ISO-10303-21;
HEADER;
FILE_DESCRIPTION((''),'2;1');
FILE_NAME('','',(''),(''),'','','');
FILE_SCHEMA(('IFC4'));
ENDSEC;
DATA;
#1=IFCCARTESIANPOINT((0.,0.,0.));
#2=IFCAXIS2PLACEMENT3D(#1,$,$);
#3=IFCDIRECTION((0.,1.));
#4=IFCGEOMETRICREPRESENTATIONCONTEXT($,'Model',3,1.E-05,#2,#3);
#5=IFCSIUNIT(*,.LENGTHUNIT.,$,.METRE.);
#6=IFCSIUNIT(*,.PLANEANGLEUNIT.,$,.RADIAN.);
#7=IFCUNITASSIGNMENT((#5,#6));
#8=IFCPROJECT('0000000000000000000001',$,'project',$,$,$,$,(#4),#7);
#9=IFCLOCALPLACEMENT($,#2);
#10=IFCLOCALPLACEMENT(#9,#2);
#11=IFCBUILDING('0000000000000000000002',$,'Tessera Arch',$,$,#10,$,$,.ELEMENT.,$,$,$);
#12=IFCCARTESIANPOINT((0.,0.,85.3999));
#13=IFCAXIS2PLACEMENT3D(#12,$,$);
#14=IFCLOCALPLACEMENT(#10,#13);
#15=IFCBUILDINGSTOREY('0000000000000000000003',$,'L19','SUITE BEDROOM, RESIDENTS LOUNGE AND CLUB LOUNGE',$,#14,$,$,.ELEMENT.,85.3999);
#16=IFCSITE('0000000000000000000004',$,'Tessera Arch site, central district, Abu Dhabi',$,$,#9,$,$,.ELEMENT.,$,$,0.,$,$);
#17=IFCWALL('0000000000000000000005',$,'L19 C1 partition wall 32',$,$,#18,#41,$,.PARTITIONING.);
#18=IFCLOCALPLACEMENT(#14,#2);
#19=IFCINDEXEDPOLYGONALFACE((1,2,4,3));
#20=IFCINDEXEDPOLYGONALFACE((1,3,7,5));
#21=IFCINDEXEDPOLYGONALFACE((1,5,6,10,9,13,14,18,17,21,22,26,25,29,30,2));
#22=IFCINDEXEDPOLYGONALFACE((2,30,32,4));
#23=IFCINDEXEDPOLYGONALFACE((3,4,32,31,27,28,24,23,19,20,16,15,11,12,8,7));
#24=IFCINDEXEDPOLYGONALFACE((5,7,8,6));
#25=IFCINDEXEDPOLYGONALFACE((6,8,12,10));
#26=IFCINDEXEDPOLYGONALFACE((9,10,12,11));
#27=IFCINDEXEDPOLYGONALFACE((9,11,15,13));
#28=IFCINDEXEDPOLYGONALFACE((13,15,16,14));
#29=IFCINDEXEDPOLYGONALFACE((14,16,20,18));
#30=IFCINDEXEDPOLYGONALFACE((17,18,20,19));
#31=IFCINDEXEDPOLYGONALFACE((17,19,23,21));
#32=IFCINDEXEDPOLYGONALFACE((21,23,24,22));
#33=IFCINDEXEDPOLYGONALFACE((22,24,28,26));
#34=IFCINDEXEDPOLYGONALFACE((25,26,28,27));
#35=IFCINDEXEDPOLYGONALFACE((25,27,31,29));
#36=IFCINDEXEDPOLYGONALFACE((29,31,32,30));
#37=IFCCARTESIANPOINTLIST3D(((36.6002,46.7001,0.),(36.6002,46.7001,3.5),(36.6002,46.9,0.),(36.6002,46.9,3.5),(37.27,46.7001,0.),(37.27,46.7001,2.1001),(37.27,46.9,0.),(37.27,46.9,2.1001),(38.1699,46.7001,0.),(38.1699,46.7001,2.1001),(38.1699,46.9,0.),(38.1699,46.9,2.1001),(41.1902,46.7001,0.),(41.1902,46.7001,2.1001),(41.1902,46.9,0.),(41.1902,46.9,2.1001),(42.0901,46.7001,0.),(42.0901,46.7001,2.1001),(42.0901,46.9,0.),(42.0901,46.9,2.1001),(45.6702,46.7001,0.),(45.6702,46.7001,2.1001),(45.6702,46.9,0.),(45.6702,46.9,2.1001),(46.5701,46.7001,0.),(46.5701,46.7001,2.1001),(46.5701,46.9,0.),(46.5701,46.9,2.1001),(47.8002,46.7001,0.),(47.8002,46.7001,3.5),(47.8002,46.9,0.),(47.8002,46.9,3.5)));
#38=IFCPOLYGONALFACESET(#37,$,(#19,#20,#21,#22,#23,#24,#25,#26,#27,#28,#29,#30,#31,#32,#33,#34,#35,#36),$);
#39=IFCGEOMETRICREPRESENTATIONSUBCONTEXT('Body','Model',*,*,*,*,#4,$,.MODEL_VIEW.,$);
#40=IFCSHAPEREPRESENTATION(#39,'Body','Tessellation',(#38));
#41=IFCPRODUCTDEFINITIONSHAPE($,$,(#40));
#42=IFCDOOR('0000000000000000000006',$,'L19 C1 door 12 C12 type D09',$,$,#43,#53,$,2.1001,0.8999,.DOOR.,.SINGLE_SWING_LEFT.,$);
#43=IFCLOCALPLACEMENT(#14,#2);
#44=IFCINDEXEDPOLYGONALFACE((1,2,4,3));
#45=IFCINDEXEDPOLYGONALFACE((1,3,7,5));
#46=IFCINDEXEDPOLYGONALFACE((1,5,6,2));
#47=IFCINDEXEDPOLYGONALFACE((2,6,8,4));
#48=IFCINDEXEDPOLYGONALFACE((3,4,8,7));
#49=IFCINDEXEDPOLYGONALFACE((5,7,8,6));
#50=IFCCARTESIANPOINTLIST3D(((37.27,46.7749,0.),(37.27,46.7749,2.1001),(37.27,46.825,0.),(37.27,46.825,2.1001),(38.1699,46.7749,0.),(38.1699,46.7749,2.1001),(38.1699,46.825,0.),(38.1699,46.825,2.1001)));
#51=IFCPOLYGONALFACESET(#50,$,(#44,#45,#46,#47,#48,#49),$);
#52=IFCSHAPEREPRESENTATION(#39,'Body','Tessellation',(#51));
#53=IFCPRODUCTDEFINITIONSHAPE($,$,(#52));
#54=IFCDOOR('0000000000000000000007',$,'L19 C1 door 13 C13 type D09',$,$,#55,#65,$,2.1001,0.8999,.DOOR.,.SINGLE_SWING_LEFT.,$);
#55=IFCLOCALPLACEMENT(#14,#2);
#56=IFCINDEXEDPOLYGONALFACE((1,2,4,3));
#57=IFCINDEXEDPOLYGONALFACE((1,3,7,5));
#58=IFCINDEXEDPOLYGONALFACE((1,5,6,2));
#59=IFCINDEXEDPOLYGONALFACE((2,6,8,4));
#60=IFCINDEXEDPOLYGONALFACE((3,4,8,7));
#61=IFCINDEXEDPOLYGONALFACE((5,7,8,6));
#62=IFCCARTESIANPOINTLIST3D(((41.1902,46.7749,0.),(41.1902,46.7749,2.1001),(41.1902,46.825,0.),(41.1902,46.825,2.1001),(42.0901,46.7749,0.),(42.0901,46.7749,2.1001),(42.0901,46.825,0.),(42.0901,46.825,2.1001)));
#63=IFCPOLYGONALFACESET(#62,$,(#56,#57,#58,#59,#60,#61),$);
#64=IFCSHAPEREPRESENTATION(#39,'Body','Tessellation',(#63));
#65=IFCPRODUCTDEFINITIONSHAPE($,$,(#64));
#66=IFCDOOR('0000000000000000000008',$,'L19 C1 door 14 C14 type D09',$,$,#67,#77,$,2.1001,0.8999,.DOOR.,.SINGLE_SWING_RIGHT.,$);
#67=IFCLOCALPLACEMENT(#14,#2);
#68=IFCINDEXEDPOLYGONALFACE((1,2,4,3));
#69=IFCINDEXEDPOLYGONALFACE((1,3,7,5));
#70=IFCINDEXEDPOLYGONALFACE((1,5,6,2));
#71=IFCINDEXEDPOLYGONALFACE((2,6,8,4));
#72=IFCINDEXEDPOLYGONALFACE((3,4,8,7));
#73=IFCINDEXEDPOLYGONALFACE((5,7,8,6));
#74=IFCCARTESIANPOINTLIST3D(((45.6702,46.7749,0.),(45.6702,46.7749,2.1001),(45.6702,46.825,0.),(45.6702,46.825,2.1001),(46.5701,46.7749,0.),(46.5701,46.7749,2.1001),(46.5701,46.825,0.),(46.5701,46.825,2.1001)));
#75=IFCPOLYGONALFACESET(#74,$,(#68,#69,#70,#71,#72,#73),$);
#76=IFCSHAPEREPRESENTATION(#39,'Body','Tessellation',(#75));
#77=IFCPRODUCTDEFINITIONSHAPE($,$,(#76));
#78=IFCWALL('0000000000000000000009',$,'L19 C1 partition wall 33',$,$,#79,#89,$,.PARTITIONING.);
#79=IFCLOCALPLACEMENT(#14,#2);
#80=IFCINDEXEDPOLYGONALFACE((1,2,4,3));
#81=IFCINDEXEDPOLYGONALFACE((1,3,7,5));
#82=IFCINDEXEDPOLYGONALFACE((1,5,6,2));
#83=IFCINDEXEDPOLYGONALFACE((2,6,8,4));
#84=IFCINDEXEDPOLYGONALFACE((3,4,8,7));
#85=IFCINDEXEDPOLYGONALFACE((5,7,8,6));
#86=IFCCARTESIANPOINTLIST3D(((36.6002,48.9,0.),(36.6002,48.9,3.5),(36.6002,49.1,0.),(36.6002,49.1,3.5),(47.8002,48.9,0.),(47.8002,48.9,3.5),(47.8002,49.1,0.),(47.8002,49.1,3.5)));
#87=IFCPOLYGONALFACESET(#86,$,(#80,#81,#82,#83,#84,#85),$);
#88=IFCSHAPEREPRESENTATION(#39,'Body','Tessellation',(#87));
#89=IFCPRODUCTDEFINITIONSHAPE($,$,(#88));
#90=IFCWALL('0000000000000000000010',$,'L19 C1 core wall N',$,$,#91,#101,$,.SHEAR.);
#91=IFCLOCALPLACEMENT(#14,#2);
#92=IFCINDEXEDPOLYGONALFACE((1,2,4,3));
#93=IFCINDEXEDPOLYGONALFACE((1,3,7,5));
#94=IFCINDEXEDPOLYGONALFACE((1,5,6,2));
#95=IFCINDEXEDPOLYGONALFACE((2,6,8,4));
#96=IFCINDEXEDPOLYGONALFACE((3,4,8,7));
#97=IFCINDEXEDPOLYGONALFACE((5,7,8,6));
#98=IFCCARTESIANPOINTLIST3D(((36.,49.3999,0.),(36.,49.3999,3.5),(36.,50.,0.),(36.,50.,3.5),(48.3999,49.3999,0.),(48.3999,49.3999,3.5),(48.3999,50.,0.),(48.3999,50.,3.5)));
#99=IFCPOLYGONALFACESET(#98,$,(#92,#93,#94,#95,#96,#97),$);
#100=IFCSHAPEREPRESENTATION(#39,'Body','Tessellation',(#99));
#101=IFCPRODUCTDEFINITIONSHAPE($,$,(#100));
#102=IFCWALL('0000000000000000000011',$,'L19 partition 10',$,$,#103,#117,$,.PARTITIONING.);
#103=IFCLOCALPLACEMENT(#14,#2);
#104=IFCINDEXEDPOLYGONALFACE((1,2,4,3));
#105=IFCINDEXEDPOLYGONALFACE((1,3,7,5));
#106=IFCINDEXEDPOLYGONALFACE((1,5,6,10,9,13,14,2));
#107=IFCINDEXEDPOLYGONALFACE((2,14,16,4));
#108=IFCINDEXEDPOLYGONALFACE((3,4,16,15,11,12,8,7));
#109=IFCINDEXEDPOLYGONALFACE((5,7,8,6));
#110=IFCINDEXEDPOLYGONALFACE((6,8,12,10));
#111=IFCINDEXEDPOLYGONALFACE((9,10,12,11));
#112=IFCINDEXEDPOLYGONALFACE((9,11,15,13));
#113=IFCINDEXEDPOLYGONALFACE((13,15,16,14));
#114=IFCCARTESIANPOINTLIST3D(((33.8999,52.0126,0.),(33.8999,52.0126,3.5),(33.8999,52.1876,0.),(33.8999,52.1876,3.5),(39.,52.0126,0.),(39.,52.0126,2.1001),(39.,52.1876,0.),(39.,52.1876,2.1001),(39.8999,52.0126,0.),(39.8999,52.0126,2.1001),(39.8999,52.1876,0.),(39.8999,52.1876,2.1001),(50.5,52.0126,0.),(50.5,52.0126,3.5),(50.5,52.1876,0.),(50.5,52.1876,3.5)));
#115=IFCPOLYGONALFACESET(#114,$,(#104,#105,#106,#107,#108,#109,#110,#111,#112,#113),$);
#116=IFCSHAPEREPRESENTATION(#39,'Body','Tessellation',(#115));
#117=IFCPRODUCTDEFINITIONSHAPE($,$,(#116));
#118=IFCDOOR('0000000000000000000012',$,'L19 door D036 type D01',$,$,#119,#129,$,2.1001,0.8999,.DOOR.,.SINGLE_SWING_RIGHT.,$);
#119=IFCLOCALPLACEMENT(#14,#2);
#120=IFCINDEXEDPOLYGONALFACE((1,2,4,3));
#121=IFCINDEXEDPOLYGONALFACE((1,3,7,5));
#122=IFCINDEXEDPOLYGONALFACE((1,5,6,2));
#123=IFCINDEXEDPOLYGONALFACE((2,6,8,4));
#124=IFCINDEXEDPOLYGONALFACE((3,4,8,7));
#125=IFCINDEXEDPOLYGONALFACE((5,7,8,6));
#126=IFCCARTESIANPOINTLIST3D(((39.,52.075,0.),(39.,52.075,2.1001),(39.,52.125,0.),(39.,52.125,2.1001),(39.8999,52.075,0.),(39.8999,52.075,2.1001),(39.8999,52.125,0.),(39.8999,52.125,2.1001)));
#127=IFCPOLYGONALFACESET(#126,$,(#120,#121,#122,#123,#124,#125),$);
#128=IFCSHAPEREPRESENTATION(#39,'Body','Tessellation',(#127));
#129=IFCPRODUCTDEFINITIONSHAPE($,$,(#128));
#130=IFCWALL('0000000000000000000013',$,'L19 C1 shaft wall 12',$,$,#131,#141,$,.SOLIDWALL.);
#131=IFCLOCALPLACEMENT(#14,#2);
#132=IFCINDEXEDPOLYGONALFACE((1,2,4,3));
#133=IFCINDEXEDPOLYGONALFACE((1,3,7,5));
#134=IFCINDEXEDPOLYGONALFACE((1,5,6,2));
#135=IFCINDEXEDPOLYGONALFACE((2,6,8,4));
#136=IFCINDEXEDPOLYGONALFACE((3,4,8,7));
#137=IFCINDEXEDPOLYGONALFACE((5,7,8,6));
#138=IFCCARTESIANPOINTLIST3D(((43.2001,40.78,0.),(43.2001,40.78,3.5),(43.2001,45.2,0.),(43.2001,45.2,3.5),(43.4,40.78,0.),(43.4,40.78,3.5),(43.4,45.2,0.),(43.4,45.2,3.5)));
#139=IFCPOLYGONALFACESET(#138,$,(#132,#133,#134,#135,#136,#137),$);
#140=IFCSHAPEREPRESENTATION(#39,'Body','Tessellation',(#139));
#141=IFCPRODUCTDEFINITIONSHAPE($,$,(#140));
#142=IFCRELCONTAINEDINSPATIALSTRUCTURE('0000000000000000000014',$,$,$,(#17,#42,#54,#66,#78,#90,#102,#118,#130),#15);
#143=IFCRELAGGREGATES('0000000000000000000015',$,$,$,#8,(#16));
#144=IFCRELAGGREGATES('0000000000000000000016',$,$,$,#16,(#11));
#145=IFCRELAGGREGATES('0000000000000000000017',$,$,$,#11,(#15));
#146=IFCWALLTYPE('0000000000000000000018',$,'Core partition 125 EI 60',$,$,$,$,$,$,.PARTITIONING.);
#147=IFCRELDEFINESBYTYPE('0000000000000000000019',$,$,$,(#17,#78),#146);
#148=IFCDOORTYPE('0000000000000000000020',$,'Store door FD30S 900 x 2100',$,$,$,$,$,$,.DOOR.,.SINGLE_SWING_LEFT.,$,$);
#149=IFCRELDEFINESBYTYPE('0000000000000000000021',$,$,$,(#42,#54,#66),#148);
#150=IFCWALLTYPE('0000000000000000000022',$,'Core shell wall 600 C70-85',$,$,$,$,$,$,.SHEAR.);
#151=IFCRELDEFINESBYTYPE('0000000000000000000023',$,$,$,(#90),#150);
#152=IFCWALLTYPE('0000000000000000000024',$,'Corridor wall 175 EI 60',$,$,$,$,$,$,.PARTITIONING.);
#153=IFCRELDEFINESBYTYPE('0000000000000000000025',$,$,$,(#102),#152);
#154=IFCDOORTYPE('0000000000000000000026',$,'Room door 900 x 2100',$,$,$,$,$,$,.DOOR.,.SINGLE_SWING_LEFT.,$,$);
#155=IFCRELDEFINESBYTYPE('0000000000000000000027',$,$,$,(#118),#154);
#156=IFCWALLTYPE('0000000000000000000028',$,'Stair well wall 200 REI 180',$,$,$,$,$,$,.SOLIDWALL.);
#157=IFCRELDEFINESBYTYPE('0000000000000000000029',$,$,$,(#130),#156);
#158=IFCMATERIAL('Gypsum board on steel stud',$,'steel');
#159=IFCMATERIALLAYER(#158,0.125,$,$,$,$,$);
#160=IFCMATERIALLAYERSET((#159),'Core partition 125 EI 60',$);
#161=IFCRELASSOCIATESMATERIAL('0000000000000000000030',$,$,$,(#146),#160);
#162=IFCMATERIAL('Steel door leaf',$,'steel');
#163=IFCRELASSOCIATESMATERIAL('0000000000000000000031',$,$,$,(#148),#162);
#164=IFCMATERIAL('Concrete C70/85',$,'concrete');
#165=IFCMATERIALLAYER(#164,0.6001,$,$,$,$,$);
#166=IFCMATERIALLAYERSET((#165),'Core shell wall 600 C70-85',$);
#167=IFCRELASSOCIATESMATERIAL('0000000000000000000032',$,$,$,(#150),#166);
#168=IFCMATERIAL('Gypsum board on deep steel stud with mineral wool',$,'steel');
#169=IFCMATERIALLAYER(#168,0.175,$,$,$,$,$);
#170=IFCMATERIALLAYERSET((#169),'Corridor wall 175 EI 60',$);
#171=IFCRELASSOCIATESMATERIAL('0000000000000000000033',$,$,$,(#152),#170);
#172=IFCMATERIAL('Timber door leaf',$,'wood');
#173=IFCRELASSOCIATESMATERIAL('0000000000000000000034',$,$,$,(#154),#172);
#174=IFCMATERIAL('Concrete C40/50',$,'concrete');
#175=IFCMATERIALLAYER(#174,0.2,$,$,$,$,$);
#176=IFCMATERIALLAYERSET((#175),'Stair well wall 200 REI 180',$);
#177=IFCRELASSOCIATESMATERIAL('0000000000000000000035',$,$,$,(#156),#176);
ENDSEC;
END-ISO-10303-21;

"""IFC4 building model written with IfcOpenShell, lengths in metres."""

from ifc_helpers import new_model, si_unit, direction, frame, frame_2d, origin, place, context, subcontext, project, spatial, rectangle, extrude, material, layer, layer_set, type_object, element, fill, save


model = new_model("IFC4")

# Units and contexts
model_context = context("Model", 3, precision=1e-05, world=origin(), true_north=direction((0.0, 1.0)))
body_context = subcontext(model_context, "Body", "Model", "MODEL_VIEW")
ifc_project = project(units=[si_unit("LENGTHUNIT", "METRE"), si_unit("PLANEANGLEUNIT", "RADIAN")], contexts=[model_context])

# Site, building, storey
site_placement = place(None, origin())
site = spatial("IfcSite", under=ifc_project, at=site_placement, Name="Tessera Arch site, central district, Abu Dhabi", CompositionType="ELEMENT", RefElevation=0.0)
building_placement = place(site_placement, origin())
building = spatial("IfcBuilding", under=site, at=building_placement, Name="Tessera Arch", CompositionType="ELEMENT")
storey_placement = place(building_placement, frame((0.0, 0.0, 85.3999)))
storey = spatial("IfcBuildingStorey", under=building, at=storey_placement, Name="L19", Description="SUITE BEDROOM, RESIDENTS LOUNGE AND CLUB LOUNGE", CompositionType="ELEMENT", Elevation=85.3999)

# Shared definitions
ifc_material_1 = material(Name="Gypsum board on steel stud", Category="steel")
ifc_layer_1 = layer(ifc_material_1, 0.125)
ifc_layer_set_1 = layer_set([ifc_layer_1], Name="Core partition 125 EI 60")
wall_type_1 = type_object("IfcWallType", Name="Core partition 125 EI 60", PredefinedType="PARTITIONING", material=ifc_layer_set_1)

# Wall, openings, doors
wall_1_placement = place(storey_placement, frame((36.6001, 46.8, 0.0), z_axis=(0.0, 0.0, 1.0), x_axis=(1.0, 0.0, 0.0)))
wall_1 = element("IfcWall", 1, at=wall_1_placement, inside=storey, type_object=wall_type_1, Name="L19 C1 partition wall 32", PredefinedType="PARTITIONING", context=body_context, shape_type="SweptSolid", body=[
    extrude(rectangle(XDim=11.2, YDim=0.2, at=frame_2d((5.6001, 0.0))), origin(), (0.0, 0.0, 1.0), 3.5),
])
opening_1_placement = place(wall_1_placement, frame((0.6699, 0.0, 0.0)))
opening_1 = element("IfcOpeningElement", 2, at=opening_1_placement, cuts=wall_1, PredefinedType="OPENING", context=body_context, shape_type="SweptSolid", body=[
    extrude(rectangle(XDim=0.8999, YDim=2.1001, at=frame_2d((0.45, 1.05))), frame((0.0, 0.1099, 0.0), z_axis=(0.0, -1.0, 0.0), x_axis=(1.0, 0.0, 0.0)), (0.0, 0.0, 1.0), 0.22),
])
opening_2_placement = place(wall_1_placement, frame((4.5901, 0.0, 0.0)))
opening_2 = element("IfcOpeningElement", 3, at=opening_2_placement, cuts=wall_1, PredefinedType="OPENING", context=body_context, shape_type="SweptSolid", body=[
    extrude(rectangle(XDim=0.8999, YDim=2.1001, at=frame_2d((0.45, 1.05))), frame((0.0, 0.1099, 0.0), z_axis=(0.0, -1.0, 0.0), x_axis=(1.0, 0.0, 0.0)), (0.0, 0.0, 1.0), 0.22),
])
opening_3_placement = place(wall_1_placement, frame((9.0701, 0.0, 0.0)))
opening_3 = element("IfcOpeningElement", 4, at=opening_3_placement, cuts=wall_1, PredefinedType="OPENING", context=body_context, shape_type="SweptSolid", body=[
    extrude(rectangle(XDim=0.8999, YDim=2.1001, at=frame_2d((0.45, 1.05))), frame((0.0, 0.1099, 0.0), z_axis=(0.0, -1.0, 0.0), x_axis=(1.0, 0.0, 0.0)), (0.0, 0.0, 1.0), 0.22),
])
ifc_material_2 = material(Name="Steel door leaf", Category="steel")
door_type_1 = type_object("IfcDoorType", Name="Store door FD30S 900 x 2100", OperationType="SINGLE_SWING_LEFT", PredefinedType="DOOR", material=ifc_material_2)
door_1_placement = place(opening_1_placement, origin())
door_1 = element("IfcDoor", 5, at=door_1_placement, inside=storey, type_object=door_type_1, Name="L19 C1 door 12 C12 type D09", OperationType="SINGLE_SWING_LEFT", OverallHeight=2.1001, OverallWidth=0.8999, PredefinedType="DOOR", context=body_context, shape_type="SweptSolid", body=[
    extrude(rectangle(XDim=0.8999, YDim=2.1001, at=frame_2d((0.45, 1.05))), frame((0.0, 0.0249, 0.0), z_axis=(0.0, -1.0, 0.0), x_axis=(1.0, 0.0, 0.0)), (0.0, 0.0, 1.0), 0.05),
])
fill(opening_1, door_1)
door_2_placement = place(opening_2_placement, origin())
door_2 = element("IfcDoor", 6, at=door_2_placement, inside=storey, type_object=door_type_1, Name="L19 C1 door 13 C13 type D09", OperationType="SINGLE_SWING_LEFT", OverallHeight=2.1001, OverallWidth=0.8999, PredefinedType="DOOR", context=body_context, shape_type="SweptSolid", body=[
    extrude(rectangle(XDim=0.8999, YDim=2.1001, at=frame_2d((0.45, 1.05))), frame((0.0, 0.0249, 0.0), z_axis=(0.0, -1.0, 0.0), x_axis=(1.0, 0.0, 0.0)), (0.0, 0.0, 1.0), 0.05),
])
fill(opening_2, door_2)
door_3_placement = place(opening_3_placement, origin())
door_3 = element("IfcDoor", 7, at=door_3_placement, inside=storey, type_object=door_type_1, Name="L19 C1 door 14 C14 type D09", OperationType="SINGLE_SWING_RIGHT", OverallHeight=2.1001, OverallWidth=0.8999, PredefinedType="DOOR", context=body_context, shape_type="SweptSolid", body=[
    extrude(rectangle(XDim=0.8999, YDim=2.1001, at=frame_2d((0.45, 1.05))), frame((0.0, 0.0249, 0.0), z_axis=(0.0, -1.0, 0.0), x_axis=(1.0, 0.0, 0.0)), (0.0, 0.0, 1.0), 0.05),
])
fill(opening_3, door_3)

# Walls
wall_2_placement = place(storey_placement, frame((36.6001, 49.0, 0.0), z_axis=(0.0, 0.0, 1.0), x_axis=(1.0, 0.0, 0.0)))
element("IfcWall", 8, at=wall_2_placement, inside=storey, type_object=wall_type_1, Name="L19 C1 partition wall 33", PredefinedType="PARTITIONING", context=body_context, shape_type="SweptSolid", body=[
    extrude(rectangle(XDim=11.2, YDim=0.2, at=frame_2d((5.6001, 0.0))), origin(), (0.0, 0.0, 1.0), 3.5),
])
ifc_material_3 = material(Name="Concrete C70/85", Category="concrete")
ifc_layer_2 = layer(ifc_material_3, 0.6001)
ifc_layer_set_2 = layer_set([ifc_layer_2], Name="Core shell wall 600 C70-85")
wall_type_2 = type_object("IfcWallType", Name="Core shell wall 600 C70-85", PredefinedType="SHEAR", material=ifc_layer_set_2)
wall_3_placement = place(storey_placement, frame((36.0, 49.7, 0.0), z_axis=(0.0, 0.0, 1.0), x_axis=(1.0, 0.0, 0.0)))
element("IfcWall", 9, at=wall_3_placement, inside=storey, type_object=wall_type_2, Name="L19 C1 core wall N", PredefinedType="SHEAR", context=body_context, shape_type="SweptSolid", body=[
    extrude(rectangle(XDim=12.3999, YDim=0.6001, at=frame_2d((6.2, 0.0))), origin(), (0.0, 0.0, 1.0), 3.5),
])

# Wall, opening, door
ifc_material_4 = material(Name="Gypsum board on deep steel stud with mineral wool", Category="steel")
ifc_layer_3 = layer(ifc_material_4, 0.175)
ifc_layer_set_3 = layer_set([ifc_layer_3], Name="Corridor wall 175 EI 60")
wall_type_3 = type_object("IfcWallType", Name="Corridor wall 175 EI 60", PredefinedType="PARTITIONING", material=ifc_layer_set_3)
wall_4_placement = place(storey_placement, frame((33.8999, 52.1001, 0.0), z_axis=(0.0, 0.0, 1.0), x_axis=(1.0, 0.0, 0.0)))
wall_4 = element("IfcWall", 10, at=wall_4_placement, inside=storey, type_object=wall_type_3, Name="L19 partition 10", PredefinedType="PARTITIONING", context=body_context, shape_type="SweptSolid", body=[
    extrude(rectangle(XDim=16.6001, YDim=0.175, at=frame_2d((8.3, 0.0))), origin(), (0.0, 0.0, 1.0), 3.5),
])
opening_4_placement = place(wall_4_placement, frame((5.1001, 0.0, 0.0)))
opening_4 = element("IfcOpeningElement", 11, at=opening_4_placement, cuts=wall_4, PredefinedType="OPENING", context=body_context, shape_type="SweptSolid", body=[
    extrude(rectangle(XDim=0.8999, YDim=2.1001, at=frame_2d((0.45, 1.05))), frame((0.0, 0.0974, 0.0), z_axis=(0.0, -1.0, 0.0), x_axis=(1.0, 0.0, 0.0)), (0.0, 0.0, 1.0), 0.1951),
])
ifc_material_5 = material(Name="Timber door leaf", Category="wood")
door_type_2 = type_object("IfcDoorType", Name="Room door 900 x 2100", OperationType="SINGLE_SWING_LEFT", PredefinedType="DOOR", material=ifc_material_5)
door_4_placement = place(opening_4_placement, origin())
door_4 = element("IfcDoor", 12, at=door_4_placement, inside=storey, type_object=door_type_2, Name="L19 door D036 type D01", OperationType="SINGLE_SWING_RIGHT", OverallHeight=2.1001, OverallWidth=0.8999, PredefinedType="DOOR", context=body_context, shape_type="SweptSolid", body=[
    extrude(rectangle(XDim=0.8999, YDim=2.1001, at=frame_2d((0.45, 1.05))), frame((0.0, 0.0249, 0.0), z_axis=(0.0, -1.0, 0.0), x_axis=(1.0, 0.0, 0.0)), (0.0, 0.0, 1.0), 0.05),
])
fill(opening_4, door_4)

# Wall
ifc_material_6 = material(Name="Concrete C40/50", Category="concrete")
ifc_layer_4 = layer(ifc_material_6, 0.2)
ifc_layer_set_4 = layer_set([ifc_layer_4], Name="Stair well wall 200 REI 180")
wall_type_4 = type_object("IfcWallType", Name="Stair well wall 200 REI 180", PredefinedType="SOLIDWALL", material=ifc_layer_set_4)
wall_5_placement = place(storey_placement, frame((43.3, 40.78, 0.0), z_axis=(0.0, 0.0, 1.0), x_axis=(0.0, 1.0, 0.0)))
element("IfcWall", 13, at=wall_5_placement, inside=storey, type_object=wall_type_4, Name="L19 C1 shaft wall 12", PredefinedType="SOLIDWALL", context=body_context, shape_type="SweptSolid", body=[
    extrude(rectangle(XDim=4.4199, YDim=0.2, at=frame_2d((2.21, 0.0))), origin(), (0.0, 0.0, 1.0), 3.5),
])

save(model, "model.ifc")
